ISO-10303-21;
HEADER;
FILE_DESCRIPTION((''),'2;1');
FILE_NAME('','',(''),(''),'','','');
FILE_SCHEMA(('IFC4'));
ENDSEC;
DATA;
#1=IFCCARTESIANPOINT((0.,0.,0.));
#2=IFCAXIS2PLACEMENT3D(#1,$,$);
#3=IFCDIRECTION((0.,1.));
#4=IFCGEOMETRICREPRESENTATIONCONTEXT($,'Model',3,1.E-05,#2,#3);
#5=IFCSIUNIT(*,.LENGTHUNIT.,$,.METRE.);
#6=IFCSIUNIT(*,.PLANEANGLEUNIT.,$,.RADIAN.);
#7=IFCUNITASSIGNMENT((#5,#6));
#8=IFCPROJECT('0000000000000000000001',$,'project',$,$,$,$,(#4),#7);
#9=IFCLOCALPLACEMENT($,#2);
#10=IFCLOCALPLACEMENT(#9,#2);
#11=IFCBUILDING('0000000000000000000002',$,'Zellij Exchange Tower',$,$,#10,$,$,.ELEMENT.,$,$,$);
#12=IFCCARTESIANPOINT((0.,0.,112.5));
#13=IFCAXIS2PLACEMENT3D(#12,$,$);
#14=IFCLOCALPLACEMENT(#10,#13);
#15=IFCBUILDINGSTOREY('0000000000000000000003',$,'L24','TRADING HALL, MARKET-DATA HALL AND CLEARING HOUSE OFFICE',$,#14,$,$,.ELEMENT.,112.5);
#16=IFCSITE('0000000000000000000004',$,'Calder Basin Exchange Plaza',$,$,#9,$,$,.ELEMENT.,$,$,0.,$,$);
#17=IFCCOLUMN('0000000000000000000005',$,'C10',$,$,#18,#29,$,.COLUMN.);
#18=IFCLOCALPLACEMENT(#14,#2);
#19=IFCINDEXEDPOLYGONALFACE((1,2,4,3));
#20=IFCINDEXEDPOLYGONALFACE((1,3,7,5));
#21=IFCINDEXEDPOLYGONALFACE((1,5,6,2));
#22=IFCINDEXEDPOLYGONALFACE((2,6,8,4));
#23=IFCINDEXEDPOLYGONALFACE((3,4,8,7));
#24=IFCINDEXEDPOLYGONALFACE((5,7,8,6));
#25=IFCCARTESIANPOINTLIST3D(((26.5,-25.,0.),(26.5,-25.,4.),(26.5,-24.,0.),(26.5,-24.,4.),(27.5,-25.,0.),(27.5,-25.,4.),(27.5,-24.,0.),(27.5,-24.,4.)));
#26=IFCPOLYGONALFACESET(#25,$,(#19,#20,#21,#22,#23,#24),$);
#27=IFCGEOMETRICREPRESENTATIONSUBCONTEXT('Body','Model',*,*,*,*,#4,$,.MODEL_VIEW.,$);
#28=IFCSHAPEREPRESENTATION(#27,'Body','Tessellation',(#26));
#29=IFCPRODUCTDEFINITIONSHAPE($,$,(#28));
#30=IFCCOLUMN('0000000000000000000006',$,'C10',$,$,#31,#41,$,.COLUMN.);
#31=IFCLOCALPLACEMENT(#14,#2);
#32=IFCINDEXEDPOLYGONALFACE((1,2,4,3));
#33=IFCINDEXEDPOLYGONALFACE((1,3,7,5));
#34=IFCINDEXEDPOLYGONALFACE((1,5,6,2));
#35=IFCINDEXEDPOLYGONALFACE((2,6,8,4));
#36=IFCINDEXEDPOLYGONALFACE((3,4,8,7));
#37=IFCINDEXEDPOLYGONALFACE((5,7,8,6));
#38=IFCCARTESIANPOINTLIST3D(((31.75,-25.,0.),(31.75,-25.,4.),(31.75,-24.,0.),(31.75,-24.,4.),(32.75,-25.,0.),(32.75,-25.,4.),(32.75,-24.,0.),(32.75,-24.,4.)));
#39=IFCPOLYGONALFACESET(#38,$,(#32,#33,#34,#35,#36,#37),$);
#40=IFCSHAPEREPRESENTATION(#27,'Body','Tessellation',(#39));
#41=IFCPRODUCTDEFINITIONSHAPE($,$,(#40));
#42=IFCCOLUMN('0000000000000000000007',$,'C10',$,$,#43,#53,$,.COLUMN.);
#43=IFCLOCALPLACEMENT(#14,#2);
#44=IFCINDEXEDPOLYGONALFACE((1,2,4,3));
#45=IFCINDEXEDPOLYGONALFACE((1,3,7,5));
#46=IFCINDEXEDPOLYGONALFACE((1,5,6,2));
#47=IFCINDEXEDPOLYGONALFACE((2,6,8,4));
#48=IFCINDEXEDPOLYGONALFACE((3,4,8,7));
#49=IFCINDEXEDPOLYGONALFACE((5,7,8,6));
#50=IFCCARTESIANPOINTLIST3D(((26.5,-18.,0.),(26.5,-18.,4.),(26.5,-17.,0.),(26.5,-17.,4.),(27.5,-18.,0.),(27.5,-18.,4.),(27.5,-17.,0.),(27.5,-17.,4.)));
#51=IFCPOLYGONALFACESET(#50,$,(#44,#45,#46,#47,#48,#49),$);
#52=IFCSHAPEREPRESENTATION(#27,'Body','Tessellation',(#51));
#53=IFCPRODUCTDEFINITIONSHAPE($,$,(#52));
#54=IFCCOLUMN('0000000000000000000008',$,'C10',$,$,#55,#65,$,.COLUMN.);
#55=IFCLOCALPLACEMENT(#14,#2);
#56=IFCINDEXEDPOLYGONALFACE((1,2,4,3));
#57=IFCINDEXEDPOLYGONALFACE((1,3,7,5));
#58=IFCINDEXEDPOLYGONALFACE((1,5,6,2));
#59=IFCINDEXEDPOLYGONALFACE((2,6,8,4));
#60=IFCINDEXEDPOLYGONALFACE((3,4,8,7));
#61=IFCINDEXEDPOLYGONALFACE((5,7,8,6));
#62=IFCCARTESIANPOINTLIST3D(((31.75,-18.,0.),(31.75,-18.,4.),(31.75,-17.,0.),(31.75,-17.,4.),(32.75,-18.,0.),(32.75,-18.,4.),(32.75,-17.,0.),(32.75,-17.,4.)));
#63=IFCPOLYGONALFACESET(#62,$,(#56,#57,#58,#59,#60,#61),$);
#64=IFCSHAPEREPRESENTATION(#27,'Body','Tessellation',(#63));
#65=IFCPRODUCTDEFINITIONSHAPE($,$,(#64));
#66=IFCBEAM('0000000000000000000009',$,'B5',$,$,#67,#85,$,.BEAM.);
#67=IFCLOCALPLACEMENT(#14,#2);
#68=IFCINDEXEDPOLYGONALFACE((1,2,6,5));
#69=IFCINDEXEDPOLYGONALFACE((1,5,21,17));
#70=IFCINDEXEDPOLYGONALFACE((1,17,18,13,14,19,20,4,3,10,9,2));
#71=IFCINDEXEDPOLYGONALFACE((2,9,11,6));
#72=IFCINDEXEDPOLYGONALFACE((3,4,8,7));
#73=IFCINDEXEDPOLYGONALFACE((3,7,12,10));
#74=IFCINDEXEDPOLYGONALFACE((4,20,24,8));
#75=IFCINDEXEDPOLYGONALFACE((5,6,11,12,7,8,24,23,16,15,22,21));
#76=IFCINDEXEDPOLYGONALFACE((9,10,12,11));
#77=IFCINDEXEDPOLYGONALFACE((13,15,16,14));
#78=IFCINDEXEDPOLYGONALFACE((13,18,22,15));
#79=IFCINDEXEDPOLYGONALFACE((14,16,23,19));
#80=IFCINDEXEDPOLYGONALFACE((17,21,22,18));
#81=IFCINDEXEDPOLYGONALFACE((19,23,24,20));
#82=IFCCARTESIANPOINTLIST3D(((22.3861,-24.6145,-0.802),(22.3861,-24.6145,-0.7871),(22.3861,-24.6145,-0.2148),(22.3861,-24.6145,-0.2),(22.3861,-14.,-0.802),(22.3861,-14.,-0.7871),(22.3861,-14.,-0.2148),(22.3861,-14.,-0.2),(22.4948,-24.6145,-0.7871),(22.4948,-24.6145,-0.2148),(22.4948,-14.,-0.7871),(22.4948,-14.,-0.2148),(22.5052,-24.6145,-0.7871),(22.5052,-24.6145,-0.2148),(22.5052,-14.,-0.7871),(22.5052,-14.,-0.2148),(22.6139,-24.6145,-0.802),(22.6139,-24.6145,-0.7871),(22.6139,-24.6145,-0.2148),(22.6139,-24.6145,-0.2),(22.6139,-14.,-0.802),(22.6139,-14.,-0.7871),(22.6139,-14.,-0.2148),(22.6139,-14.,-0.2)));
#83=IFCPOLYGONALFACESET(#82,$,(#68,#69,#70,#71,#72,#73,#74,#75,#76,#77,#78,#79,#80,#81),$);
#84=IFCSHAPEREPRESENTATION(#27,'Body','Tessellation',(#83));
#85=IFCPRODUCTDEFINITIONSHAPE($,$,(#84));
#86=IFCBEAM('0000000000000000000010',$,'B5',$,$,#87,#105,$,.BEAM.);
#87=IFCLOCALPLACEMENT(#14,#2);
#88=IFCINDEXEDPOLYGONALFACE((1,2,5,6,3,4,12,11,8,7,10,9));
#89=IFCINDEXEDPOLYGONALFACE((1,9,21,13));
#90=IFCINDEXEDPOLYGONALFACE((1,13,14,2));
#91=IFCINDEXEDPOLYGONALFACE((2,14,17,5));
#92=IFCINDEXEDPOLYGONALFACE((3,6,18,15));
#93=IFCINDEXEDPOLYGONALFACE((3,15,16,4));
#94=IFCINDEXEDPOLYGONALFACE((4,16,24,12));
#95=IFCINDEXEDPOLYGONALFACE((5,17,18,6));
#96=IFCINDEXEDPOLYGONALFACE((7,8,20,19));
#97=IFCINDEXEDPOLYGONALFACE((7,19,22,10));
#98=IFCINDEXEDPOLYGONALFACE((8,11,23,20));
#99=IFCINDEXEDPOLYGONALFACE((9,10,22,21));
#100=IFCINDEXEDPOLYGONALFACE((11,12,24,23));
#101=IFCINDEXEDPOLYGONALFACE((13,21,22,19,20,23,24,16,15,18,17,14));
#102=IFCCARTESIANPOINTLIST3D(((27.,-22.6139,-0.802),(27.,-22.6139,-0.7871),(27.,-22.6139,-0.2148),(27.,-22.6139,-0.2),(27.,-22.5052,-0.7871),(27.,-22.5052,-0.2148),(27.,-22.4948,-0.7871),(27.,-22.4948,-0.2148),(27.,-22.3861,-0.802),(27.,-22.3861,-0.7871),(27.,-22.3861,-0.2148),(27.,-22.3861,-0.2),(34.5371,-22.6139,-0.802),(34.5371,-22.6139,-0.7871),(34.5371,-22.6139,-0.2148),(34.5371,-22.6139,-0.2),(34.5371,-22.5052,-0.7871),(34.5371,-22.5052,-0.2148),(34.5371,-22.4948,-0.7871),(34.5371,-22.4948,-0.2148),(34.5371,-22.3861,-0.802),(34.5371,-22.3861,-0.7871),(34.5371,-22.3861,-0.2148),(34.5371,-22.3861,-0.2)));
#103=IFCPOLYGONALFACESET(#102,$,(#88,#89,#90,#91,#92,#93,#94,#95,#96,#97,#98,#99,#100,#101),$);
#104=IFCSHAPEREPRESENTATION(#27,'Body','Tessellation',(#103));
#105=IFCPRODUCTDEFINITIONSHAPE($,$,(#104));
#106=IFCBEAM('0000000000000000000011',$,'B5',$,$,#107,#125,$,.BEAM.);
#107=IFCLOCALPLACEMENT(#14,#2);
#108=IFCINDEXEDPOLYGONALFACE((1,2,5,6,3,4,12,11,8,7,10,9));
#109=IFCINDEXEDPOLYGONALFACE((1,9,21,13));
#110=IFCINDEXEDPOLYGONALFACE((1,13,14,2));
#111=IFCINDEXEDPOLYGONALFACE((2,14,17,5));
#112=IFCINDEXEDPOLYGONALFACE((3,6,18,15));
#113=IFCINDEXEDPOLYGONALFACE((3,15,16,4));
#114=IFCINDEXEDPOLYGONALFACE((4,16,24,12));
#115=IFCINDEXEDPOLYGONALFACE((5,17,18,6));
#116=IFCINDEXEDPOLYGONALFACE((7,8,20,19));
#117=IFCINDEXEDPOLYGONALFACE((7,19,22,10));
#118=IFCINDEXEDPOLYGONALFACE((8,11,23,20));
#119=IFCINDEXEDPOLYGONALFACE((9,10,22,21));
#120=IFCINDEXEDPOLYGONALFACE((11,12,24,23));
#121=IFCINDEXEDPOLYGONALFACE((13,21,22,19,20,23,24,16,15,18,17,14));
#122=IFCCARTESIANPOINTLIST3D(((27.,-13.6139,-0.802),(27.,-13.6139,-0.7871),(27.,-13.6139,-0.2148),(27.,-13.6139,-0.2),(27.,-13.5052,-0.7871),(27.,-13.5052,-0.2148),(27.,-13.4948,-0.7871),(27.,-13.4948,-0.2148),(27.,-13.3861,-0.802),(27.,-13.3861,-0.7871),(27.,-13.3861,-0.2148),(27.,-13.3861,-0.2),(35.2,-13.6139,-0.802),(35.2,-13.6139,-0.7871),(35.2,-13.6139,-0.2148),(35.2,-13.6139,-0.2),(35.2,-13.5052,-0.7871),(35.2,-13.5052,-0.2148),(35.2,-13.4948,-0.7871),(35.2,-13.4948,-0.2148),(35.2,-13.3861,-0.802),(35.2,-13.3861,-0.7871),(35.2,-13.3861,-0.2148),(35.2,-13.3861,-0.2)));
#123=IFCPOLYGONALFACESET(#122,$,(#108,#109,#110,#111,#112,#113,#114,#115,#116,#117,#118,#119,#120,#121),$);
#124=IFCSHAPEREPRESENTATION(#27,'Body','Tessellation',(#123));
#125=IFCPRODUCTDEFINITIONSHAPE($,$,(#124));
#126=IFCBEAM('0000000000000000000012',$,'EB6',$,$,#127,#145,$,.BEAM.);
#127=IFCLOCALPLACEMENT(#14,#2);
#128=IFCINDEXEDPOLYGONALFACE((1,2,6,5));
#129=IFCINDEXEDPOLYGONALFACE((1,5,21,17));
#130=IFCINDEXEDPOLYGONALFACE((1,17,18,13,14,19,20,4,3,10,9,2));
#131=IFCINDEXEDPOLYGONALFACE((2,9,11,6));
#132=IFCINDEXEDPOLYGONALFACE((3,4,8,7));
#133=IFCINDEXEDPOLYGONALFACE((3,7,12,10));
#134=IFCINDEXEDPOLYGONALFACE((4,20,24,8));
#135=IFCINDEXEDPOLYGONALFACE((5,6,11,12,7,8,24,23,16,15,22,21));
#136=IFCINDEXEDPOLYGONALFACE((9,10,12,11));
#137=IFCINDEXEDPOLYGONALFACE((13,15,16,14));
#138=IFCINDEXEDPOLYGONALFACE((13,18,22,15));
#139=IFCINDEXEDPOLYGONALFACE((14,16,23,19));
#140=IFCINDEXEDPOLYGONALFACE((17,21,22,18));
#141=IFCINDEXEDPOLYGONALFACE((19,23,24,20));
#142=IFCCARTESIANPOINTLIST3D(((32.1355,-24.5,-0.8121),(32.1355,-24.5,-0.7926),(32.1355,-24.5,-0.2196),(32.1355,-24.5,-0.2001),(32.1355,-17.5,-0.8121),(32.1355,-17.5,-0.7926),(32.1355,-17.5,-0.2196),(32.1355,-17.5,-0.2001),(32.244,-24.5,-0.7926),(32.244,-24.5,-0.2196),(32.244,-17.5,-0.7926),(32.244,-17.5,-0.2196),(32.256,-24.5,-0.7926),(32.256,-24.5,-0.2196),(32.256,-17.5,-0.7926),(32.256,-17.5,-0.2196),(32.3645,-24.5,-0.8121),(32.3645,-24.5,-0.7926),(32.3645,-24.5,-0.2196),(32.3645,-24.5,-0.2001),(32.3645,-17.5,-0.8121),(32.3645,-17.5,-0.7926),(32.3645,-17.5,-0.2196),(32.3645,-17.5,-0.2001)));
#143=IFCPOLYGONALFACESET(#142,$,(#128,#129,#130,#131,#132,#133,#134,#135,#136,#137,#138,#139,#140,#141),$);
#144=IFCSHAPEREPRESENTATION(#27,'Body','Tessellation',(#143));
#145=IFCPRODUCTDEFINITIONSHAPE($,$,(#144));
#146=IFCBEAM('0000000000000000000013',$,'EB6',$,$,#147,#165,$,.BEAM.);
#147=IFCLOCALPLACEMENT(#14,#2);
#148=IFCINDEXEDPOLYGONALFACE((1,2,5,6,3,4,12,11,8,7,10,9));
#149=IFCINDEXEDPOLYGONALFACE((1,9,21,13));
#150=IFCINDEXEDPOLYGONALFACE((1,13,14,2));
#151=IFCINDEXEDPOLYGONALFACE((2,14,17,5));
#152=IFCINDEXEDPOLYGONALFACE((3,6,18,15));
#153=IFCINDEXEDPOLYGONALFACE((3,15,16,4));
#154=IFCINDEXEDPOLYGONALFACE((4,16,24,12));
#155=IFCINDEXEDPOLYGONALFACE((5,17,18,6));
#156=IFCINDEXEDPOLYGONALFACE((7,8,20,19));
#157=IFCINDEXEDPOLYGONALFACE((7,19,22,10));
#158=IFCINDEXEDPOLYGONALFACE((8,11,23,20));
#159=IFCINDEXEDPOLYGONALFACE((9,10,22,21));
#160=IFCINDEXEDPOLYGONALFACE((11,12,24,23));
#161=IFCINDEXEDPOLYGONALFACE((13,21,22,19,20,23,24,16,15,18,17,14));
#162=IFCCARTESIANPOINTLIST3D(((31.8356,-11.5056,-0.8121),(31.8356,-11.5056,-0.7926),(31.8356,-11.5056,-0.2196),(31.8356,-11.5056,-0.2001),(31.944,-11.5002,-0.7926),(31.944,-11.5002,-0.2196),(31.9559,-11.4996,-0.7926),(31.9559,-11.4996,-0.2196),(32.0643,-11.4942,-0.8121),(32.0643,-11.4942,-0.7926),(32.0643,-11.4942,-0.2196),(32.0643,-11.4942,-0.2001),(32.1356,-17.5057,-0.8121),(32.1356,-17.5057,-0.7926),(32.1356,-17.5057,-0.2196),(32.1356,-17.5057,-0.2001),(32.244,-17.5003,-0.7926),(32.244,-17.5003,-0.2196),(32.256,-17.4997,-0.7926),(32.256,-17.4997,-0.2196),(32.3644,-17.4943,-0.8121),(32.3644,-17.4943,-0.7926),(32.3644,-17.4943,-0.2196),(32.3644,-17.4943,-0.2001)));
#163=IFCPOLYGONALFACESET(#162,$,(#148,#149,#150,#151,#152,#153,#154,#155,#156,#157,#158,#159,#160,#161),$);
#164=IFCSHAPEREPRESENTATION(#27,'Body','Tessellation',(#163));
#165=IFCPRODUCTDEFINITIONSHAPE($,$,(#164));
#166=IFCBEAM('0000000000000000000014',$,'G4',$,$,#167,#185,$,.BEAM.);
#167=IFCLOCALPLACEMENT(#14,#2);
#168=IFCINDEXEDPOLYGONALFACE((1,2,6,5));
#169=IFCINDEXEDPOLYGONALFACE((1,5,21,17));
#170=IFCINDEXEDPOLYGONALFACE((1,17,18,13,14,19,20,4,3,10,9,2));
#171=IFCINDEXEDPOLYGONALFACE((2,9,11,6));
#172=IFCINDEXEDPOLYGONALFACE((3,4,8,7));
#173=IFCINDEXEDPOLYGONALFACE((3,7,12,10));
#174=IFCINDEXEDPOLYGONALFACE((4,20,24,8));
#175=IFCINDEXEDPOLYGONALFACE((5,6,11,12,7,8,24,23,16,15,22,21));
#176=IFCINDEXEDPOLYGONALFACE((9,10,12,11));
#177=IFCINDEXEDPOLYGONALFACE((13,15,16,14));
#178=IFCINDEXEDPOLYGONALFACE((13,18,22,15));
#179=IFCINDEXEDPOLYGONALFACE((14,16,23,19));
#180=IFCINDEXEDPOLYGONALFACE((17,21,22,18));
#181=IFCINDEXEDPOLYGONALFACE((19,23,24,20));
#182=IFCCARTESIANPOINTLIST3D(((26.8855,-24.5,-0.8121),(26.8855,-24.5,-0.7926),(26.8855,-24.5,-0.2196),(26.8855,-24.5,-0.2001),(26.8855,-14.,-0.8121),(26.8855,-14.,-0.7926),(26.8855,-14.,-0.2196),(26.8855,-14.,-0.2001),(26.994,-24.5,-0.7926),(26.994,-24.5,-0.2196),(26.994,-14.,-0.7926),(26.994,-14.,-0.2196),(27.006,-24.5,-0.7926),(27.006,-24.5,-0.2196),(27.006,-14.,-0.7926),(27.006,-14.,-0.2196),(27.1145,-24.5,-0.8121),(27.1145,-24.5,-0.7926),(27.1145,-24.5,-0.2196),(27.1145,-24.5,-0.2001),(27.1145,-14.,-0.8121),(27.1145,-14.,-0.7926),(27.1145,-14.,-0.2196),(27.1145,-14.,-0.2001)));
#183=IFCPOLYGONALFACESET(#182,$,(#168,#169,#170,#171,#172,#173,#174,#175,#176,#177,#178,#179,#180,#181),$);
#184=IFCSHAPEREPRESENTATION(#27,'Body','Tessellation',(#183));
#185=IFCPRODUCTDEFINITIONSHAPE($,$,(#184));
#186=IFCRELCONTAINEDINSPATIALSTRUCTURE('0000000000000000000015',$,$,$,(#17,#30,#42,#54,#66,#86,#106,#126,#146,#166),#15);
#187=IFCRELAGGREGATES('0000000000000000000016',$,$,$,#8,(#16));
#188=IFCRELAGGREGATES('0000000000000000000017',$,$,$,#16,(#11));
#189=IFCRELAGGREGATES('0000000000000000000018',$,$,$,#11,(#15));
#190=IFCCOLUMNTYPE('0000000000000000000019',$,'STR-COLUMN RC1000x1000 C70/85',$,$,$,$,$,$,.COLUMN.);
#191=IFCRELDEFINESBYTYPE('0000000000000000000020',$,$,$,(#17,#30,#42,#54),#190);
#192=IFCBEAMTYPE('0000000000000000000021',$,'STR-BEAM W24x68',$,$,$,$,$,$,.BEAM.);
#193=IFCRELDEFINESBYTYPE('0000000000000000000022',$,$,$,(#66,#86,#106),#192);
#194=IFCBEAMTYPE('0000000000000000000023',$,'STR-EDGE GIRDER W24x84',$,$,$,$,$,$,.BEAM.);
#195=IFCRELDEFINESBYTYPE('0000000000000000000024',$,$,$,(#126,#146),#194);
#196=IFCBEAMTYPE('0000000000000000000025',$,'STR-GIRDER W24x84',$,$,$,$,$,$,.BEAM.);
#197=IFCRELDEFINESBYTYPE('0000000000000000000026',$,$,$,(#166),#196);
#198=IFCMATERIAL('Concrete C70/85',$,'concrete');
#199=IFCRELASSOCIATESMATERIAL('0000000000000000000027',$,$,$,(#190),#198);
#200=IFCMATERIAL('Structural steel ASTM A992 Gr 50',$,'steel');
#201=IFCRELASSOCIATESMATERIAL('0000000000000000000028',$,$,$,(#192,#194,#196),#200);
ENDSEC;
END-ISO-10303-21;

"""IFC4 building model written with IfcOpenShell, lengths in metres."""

from ifc_helpers import new_model, si_unit, direction, frame, origin, origin_2d, place, context, subcontext, project, spatial, rectangle, i_section, extrude, material, material_profile, profile_set, type_object, element, save


model = new_model("IFC4")

# Units and contexts
model_context = context("Model", 3, precision=1e-05, world=origin(), true_north=direction((0.0, 1.0)))
body_context = subcontext(model_context, "Body", "Model", "MODEL_VIEW")
ifc_project = project(units=[si_unit("LENGTHUNIT", "METRE"), si_unit("PLANEANGLEUNIT", "RADIAN")], contexts=[model_context])

# Site, building, storey
site_placement = place(None, origin())
site = spatial("IfcSite", under=ifc_project, at=site_placement, Name="Calder Basin Exchange Plaza", CompositionType="ELEMENT", RefElevation=0.0)
building_placement = place(site_placement, origin())
building = spatial("IfcBuilding", under=site, at=building_placement, Name="Zellij Exchange Tower", CompositionType="ELEMENT")
storey_placement = place(building_placement, frame((0.0, 0.0, 112.5)))
storey = spatial("IfcBuildingStorey", under=building, at=storey_placement, Name="L24", Description="TRADING HALL, MARKET-DATA HALL AND CLEARING HOUSE OFFICE", CompositionType="ELEMENT", Elevation=112.5)

# Columns
ifc_material_1 = material(Name="Concrete C70/85", Category="concrete")
ifc_material_profile_1 = material_profile(ifc_material_1, rectangle(XDim=1.0, YDim=1.0, at=origin_2d()), Name="STR-COLUMN RC1000x1000 C70/85")
ifc_profile_set_1 = profile_set([ifc_material_profile_1], Name="Concrete C70/85")
column_type = type_object("IfcColumnType", Name="STR-COLUMN RC1000x1000 C70/85", PredefinedType="COLUMN", material=ifc_profile_set_1)
for number, where, z_axis, x_axis, name in (
    (1, (27.0, -24.5, 0.0), (0.0, 0.0, 1.0), (1.0, 0.0, 0.0), "C10"),
    (2, (32.25, -24.5, 0.0), (0.0, 0.0, 1.0), (1.0, 0.0, 0.0), "C10"),
    (3, (27.0, -17.5, 0.0), (0.0, 0.0, 1.0), (1.0, 0.0, 0.0), "C10"),
    (4, (32.25, -17.5, 0.0), (0.0, 0.0, 1.0), (1.0, 0.0, 0.0), "C10"),
):
    element("IfcColumn", number, at=place(storey_placement, frame(where, z_axis=z_axis, x_axis=x_axis)), inside=storey, type_object=column_type, Name=name, PredefinedType="COLUMN", context=body_context, shape_type="SweptSolid", body=[
        extrude(rectangle(XDim=1.0, YDim=1.0, at=origin_2d()), origin(), (0.0, 0.0, 1.0), 4.0),
    ])

# Beams
ifc_material_2 = material(Name="Structural steel ASTM A992 Gr 50", Category="steel")
ifc_material_profile_2 = material_profile(ifc_material_2, i_section(OverallWidth=0.2278, OverallDepth=0.6021, WebThickness=0.0105, FlangeThickness=0.0149, at=origin_2d()), Name="W24x68")
ifc_profile_set_2 = profile_set([ifc_material_profile_2], Name="Structural steel ASTM A992 Gr 50")
beam_type_1 = type_object("IfcBeamType", Name="STR-BEAM W24x68", PredefinedType="BEAM", material=ifc_profile_set_2)
beam_1_placement = place(storey_placement, frame((22.5, -24.6145, -0.501), z_axis=(0.0, 1.0, 0.0), x_axis=(-1.0, 0.0, 0.0)))
element("IfcBeam", 5, at=beam_1_placement, inside=storey, type_object=beam_type_1, Name="B5", PredefinedType="BEAM", context=body_context, shape_type="SweptSolid", body=[
    extrude(i_section(OverallWidth=0.2278, OverallDepth=0.6021, WebThickness=0.0105, FlangeThickness=0.0149, at=origin_2d()), origin(), (0.0, 0.0, 1.0), 10.6145),
])
beam_2_placement = place(storey_placement, frame((27.0, -22.5, -0.501), z_axis=(1.0, 0.0, 0.0), x_axis=(0.0, 1.0, 0.0)))
element("IfcBeam", 6, at=beam_2_placement, inside=storey, type_object=beam_type_1, Name="B5", PredefinedType="BEAM", context=body_context, shape_type="SweptSolid", body=[
    extrude(i_section(OverallWidth=0.2278, OverallDepth=0.6021, WebThickness=0.0105, FlangeThickness=0.0149, at=origin_2d()), origin(), (0.0, 0.0, 1.0), 7.5371),
])
beam_3_placement = place(storey_placement, frame((27.0, -13.5, -0.501), z_axis=(1.0, 0.0, 0.0), x_axis=(0.0, 1.0, 0.0)))
element("IfcBeam", 7, at=beam_3_placement, inside=storey, type_object=beam_type_1, Name="B5", PredefinedType="BEAM", context=body_context, shape_type="SweptSolid", body=[
    extrude(i_section(OverallWidth=0.2278, OverallDepth=0.6021, WebThickness=0.0105, FlangeThickness=0.0149, at=origin_2d()), origin(), (0.0, 0.0, 1.0), 8.2),
])
ifc_material_profile_3 = material_profile(ifc_material_2, i_section(OverallWidth=0.229, OverallDepth=0.6121, WebThickness=0.012, FlangeThickness=0.0195, at=origin_2d()), Name="W24x84")
ifc_profile_set_3 = profile_set([ifc_material_profile_3], Name="Structural steel ASTM A992 Gr 50")
beam_type_2 = type_object("IfcBeamType", Name="STR-EDGE GIRDER W24x84", PredefinedType="BEAM", material=ifc_profile_set_3)
beam_4_placement = place(storey_placement, frame((32.25, -24.5, -0.5061), z_axis=(0.0, 1.0, 0.0), x_axis=(-1.0, 0.0, 0.0)))
element("IfcBeam", 8, at=beam_4_placement, inside=storey, type_object=beam_type_2, Name="EB6", PredefinedType="BEAM", context=body_context, shape_type="SweptSolid", body=[
    extrude(i_section(OverallWidth=0.229, OverallDepth=0.6121, WebThickness=0.012, FlangeThickness=0.0195, at=origin_2d()), origin(), (0.0, 0.0, 1.0), 7.0),
])
beam_5_placement = place(storey_placement, frame((32.25, -17.5, -0.5061), z_axis=(-0.049946, 0.998752, 0.0), x_axis=(-0.998752, -0.049946, 0.0)))
element("IfcBeam", 9, at=beam_5_placement, inside=storey, type_object=beam_type_2, Name="EB6", PredefinedType="BEAM", context=body_context, shape_type="SweptSolid", body=[
    extrude(i_section(OverallWidth=0.229, OverallDepth=0.6121, WebThickness=0.012, FlangeThickness=0.0195, at=origin_2d()), origin(), (0.0, 0.0, 1.0), 6.0076),
])
ifc_material_profile_4 = material_profile(ifc_material_2, i_section(OverallWidth=0.229, OverallDepth=0.6121, WebThickness=0.012, FlangeThickness=0.0195, at=origin_2d()), Name="W24x84")
ifc_profile_set_4 = profile_set([ifc_material_profile_4], Name="Structural steel ASTM A992 Gr 50")
beam_type_3 = type_object("IfcBeamType", Name="STR-GIRDER W24x84", PredefinedType="BEAM", material=ifc_profile_set_4)
beam_6_placement = place(storey_placement, frame((27.0, -24.5, -0.5061), z_axis=(0.0, 1.0, 0.0), x_axis=(-1.0, 0.0, 0.0)))
element("IfcBeam", 10, at=beam_6_placement, inside=storey, type_object=beam_type_3, Name="G4", PredefinedType="BEAM", context=body_context, shape_type="SweptSolid", body=[
    extrude(i_section(OverallWidth=0.229, OverallDepth=0.6121, WebThickness=0.012, FlangeThickness=0.0195, at=origin_2d()), origin(), (0.0, 0.0, 1.0), 10.5),
])

save(model, "model.ifc")
